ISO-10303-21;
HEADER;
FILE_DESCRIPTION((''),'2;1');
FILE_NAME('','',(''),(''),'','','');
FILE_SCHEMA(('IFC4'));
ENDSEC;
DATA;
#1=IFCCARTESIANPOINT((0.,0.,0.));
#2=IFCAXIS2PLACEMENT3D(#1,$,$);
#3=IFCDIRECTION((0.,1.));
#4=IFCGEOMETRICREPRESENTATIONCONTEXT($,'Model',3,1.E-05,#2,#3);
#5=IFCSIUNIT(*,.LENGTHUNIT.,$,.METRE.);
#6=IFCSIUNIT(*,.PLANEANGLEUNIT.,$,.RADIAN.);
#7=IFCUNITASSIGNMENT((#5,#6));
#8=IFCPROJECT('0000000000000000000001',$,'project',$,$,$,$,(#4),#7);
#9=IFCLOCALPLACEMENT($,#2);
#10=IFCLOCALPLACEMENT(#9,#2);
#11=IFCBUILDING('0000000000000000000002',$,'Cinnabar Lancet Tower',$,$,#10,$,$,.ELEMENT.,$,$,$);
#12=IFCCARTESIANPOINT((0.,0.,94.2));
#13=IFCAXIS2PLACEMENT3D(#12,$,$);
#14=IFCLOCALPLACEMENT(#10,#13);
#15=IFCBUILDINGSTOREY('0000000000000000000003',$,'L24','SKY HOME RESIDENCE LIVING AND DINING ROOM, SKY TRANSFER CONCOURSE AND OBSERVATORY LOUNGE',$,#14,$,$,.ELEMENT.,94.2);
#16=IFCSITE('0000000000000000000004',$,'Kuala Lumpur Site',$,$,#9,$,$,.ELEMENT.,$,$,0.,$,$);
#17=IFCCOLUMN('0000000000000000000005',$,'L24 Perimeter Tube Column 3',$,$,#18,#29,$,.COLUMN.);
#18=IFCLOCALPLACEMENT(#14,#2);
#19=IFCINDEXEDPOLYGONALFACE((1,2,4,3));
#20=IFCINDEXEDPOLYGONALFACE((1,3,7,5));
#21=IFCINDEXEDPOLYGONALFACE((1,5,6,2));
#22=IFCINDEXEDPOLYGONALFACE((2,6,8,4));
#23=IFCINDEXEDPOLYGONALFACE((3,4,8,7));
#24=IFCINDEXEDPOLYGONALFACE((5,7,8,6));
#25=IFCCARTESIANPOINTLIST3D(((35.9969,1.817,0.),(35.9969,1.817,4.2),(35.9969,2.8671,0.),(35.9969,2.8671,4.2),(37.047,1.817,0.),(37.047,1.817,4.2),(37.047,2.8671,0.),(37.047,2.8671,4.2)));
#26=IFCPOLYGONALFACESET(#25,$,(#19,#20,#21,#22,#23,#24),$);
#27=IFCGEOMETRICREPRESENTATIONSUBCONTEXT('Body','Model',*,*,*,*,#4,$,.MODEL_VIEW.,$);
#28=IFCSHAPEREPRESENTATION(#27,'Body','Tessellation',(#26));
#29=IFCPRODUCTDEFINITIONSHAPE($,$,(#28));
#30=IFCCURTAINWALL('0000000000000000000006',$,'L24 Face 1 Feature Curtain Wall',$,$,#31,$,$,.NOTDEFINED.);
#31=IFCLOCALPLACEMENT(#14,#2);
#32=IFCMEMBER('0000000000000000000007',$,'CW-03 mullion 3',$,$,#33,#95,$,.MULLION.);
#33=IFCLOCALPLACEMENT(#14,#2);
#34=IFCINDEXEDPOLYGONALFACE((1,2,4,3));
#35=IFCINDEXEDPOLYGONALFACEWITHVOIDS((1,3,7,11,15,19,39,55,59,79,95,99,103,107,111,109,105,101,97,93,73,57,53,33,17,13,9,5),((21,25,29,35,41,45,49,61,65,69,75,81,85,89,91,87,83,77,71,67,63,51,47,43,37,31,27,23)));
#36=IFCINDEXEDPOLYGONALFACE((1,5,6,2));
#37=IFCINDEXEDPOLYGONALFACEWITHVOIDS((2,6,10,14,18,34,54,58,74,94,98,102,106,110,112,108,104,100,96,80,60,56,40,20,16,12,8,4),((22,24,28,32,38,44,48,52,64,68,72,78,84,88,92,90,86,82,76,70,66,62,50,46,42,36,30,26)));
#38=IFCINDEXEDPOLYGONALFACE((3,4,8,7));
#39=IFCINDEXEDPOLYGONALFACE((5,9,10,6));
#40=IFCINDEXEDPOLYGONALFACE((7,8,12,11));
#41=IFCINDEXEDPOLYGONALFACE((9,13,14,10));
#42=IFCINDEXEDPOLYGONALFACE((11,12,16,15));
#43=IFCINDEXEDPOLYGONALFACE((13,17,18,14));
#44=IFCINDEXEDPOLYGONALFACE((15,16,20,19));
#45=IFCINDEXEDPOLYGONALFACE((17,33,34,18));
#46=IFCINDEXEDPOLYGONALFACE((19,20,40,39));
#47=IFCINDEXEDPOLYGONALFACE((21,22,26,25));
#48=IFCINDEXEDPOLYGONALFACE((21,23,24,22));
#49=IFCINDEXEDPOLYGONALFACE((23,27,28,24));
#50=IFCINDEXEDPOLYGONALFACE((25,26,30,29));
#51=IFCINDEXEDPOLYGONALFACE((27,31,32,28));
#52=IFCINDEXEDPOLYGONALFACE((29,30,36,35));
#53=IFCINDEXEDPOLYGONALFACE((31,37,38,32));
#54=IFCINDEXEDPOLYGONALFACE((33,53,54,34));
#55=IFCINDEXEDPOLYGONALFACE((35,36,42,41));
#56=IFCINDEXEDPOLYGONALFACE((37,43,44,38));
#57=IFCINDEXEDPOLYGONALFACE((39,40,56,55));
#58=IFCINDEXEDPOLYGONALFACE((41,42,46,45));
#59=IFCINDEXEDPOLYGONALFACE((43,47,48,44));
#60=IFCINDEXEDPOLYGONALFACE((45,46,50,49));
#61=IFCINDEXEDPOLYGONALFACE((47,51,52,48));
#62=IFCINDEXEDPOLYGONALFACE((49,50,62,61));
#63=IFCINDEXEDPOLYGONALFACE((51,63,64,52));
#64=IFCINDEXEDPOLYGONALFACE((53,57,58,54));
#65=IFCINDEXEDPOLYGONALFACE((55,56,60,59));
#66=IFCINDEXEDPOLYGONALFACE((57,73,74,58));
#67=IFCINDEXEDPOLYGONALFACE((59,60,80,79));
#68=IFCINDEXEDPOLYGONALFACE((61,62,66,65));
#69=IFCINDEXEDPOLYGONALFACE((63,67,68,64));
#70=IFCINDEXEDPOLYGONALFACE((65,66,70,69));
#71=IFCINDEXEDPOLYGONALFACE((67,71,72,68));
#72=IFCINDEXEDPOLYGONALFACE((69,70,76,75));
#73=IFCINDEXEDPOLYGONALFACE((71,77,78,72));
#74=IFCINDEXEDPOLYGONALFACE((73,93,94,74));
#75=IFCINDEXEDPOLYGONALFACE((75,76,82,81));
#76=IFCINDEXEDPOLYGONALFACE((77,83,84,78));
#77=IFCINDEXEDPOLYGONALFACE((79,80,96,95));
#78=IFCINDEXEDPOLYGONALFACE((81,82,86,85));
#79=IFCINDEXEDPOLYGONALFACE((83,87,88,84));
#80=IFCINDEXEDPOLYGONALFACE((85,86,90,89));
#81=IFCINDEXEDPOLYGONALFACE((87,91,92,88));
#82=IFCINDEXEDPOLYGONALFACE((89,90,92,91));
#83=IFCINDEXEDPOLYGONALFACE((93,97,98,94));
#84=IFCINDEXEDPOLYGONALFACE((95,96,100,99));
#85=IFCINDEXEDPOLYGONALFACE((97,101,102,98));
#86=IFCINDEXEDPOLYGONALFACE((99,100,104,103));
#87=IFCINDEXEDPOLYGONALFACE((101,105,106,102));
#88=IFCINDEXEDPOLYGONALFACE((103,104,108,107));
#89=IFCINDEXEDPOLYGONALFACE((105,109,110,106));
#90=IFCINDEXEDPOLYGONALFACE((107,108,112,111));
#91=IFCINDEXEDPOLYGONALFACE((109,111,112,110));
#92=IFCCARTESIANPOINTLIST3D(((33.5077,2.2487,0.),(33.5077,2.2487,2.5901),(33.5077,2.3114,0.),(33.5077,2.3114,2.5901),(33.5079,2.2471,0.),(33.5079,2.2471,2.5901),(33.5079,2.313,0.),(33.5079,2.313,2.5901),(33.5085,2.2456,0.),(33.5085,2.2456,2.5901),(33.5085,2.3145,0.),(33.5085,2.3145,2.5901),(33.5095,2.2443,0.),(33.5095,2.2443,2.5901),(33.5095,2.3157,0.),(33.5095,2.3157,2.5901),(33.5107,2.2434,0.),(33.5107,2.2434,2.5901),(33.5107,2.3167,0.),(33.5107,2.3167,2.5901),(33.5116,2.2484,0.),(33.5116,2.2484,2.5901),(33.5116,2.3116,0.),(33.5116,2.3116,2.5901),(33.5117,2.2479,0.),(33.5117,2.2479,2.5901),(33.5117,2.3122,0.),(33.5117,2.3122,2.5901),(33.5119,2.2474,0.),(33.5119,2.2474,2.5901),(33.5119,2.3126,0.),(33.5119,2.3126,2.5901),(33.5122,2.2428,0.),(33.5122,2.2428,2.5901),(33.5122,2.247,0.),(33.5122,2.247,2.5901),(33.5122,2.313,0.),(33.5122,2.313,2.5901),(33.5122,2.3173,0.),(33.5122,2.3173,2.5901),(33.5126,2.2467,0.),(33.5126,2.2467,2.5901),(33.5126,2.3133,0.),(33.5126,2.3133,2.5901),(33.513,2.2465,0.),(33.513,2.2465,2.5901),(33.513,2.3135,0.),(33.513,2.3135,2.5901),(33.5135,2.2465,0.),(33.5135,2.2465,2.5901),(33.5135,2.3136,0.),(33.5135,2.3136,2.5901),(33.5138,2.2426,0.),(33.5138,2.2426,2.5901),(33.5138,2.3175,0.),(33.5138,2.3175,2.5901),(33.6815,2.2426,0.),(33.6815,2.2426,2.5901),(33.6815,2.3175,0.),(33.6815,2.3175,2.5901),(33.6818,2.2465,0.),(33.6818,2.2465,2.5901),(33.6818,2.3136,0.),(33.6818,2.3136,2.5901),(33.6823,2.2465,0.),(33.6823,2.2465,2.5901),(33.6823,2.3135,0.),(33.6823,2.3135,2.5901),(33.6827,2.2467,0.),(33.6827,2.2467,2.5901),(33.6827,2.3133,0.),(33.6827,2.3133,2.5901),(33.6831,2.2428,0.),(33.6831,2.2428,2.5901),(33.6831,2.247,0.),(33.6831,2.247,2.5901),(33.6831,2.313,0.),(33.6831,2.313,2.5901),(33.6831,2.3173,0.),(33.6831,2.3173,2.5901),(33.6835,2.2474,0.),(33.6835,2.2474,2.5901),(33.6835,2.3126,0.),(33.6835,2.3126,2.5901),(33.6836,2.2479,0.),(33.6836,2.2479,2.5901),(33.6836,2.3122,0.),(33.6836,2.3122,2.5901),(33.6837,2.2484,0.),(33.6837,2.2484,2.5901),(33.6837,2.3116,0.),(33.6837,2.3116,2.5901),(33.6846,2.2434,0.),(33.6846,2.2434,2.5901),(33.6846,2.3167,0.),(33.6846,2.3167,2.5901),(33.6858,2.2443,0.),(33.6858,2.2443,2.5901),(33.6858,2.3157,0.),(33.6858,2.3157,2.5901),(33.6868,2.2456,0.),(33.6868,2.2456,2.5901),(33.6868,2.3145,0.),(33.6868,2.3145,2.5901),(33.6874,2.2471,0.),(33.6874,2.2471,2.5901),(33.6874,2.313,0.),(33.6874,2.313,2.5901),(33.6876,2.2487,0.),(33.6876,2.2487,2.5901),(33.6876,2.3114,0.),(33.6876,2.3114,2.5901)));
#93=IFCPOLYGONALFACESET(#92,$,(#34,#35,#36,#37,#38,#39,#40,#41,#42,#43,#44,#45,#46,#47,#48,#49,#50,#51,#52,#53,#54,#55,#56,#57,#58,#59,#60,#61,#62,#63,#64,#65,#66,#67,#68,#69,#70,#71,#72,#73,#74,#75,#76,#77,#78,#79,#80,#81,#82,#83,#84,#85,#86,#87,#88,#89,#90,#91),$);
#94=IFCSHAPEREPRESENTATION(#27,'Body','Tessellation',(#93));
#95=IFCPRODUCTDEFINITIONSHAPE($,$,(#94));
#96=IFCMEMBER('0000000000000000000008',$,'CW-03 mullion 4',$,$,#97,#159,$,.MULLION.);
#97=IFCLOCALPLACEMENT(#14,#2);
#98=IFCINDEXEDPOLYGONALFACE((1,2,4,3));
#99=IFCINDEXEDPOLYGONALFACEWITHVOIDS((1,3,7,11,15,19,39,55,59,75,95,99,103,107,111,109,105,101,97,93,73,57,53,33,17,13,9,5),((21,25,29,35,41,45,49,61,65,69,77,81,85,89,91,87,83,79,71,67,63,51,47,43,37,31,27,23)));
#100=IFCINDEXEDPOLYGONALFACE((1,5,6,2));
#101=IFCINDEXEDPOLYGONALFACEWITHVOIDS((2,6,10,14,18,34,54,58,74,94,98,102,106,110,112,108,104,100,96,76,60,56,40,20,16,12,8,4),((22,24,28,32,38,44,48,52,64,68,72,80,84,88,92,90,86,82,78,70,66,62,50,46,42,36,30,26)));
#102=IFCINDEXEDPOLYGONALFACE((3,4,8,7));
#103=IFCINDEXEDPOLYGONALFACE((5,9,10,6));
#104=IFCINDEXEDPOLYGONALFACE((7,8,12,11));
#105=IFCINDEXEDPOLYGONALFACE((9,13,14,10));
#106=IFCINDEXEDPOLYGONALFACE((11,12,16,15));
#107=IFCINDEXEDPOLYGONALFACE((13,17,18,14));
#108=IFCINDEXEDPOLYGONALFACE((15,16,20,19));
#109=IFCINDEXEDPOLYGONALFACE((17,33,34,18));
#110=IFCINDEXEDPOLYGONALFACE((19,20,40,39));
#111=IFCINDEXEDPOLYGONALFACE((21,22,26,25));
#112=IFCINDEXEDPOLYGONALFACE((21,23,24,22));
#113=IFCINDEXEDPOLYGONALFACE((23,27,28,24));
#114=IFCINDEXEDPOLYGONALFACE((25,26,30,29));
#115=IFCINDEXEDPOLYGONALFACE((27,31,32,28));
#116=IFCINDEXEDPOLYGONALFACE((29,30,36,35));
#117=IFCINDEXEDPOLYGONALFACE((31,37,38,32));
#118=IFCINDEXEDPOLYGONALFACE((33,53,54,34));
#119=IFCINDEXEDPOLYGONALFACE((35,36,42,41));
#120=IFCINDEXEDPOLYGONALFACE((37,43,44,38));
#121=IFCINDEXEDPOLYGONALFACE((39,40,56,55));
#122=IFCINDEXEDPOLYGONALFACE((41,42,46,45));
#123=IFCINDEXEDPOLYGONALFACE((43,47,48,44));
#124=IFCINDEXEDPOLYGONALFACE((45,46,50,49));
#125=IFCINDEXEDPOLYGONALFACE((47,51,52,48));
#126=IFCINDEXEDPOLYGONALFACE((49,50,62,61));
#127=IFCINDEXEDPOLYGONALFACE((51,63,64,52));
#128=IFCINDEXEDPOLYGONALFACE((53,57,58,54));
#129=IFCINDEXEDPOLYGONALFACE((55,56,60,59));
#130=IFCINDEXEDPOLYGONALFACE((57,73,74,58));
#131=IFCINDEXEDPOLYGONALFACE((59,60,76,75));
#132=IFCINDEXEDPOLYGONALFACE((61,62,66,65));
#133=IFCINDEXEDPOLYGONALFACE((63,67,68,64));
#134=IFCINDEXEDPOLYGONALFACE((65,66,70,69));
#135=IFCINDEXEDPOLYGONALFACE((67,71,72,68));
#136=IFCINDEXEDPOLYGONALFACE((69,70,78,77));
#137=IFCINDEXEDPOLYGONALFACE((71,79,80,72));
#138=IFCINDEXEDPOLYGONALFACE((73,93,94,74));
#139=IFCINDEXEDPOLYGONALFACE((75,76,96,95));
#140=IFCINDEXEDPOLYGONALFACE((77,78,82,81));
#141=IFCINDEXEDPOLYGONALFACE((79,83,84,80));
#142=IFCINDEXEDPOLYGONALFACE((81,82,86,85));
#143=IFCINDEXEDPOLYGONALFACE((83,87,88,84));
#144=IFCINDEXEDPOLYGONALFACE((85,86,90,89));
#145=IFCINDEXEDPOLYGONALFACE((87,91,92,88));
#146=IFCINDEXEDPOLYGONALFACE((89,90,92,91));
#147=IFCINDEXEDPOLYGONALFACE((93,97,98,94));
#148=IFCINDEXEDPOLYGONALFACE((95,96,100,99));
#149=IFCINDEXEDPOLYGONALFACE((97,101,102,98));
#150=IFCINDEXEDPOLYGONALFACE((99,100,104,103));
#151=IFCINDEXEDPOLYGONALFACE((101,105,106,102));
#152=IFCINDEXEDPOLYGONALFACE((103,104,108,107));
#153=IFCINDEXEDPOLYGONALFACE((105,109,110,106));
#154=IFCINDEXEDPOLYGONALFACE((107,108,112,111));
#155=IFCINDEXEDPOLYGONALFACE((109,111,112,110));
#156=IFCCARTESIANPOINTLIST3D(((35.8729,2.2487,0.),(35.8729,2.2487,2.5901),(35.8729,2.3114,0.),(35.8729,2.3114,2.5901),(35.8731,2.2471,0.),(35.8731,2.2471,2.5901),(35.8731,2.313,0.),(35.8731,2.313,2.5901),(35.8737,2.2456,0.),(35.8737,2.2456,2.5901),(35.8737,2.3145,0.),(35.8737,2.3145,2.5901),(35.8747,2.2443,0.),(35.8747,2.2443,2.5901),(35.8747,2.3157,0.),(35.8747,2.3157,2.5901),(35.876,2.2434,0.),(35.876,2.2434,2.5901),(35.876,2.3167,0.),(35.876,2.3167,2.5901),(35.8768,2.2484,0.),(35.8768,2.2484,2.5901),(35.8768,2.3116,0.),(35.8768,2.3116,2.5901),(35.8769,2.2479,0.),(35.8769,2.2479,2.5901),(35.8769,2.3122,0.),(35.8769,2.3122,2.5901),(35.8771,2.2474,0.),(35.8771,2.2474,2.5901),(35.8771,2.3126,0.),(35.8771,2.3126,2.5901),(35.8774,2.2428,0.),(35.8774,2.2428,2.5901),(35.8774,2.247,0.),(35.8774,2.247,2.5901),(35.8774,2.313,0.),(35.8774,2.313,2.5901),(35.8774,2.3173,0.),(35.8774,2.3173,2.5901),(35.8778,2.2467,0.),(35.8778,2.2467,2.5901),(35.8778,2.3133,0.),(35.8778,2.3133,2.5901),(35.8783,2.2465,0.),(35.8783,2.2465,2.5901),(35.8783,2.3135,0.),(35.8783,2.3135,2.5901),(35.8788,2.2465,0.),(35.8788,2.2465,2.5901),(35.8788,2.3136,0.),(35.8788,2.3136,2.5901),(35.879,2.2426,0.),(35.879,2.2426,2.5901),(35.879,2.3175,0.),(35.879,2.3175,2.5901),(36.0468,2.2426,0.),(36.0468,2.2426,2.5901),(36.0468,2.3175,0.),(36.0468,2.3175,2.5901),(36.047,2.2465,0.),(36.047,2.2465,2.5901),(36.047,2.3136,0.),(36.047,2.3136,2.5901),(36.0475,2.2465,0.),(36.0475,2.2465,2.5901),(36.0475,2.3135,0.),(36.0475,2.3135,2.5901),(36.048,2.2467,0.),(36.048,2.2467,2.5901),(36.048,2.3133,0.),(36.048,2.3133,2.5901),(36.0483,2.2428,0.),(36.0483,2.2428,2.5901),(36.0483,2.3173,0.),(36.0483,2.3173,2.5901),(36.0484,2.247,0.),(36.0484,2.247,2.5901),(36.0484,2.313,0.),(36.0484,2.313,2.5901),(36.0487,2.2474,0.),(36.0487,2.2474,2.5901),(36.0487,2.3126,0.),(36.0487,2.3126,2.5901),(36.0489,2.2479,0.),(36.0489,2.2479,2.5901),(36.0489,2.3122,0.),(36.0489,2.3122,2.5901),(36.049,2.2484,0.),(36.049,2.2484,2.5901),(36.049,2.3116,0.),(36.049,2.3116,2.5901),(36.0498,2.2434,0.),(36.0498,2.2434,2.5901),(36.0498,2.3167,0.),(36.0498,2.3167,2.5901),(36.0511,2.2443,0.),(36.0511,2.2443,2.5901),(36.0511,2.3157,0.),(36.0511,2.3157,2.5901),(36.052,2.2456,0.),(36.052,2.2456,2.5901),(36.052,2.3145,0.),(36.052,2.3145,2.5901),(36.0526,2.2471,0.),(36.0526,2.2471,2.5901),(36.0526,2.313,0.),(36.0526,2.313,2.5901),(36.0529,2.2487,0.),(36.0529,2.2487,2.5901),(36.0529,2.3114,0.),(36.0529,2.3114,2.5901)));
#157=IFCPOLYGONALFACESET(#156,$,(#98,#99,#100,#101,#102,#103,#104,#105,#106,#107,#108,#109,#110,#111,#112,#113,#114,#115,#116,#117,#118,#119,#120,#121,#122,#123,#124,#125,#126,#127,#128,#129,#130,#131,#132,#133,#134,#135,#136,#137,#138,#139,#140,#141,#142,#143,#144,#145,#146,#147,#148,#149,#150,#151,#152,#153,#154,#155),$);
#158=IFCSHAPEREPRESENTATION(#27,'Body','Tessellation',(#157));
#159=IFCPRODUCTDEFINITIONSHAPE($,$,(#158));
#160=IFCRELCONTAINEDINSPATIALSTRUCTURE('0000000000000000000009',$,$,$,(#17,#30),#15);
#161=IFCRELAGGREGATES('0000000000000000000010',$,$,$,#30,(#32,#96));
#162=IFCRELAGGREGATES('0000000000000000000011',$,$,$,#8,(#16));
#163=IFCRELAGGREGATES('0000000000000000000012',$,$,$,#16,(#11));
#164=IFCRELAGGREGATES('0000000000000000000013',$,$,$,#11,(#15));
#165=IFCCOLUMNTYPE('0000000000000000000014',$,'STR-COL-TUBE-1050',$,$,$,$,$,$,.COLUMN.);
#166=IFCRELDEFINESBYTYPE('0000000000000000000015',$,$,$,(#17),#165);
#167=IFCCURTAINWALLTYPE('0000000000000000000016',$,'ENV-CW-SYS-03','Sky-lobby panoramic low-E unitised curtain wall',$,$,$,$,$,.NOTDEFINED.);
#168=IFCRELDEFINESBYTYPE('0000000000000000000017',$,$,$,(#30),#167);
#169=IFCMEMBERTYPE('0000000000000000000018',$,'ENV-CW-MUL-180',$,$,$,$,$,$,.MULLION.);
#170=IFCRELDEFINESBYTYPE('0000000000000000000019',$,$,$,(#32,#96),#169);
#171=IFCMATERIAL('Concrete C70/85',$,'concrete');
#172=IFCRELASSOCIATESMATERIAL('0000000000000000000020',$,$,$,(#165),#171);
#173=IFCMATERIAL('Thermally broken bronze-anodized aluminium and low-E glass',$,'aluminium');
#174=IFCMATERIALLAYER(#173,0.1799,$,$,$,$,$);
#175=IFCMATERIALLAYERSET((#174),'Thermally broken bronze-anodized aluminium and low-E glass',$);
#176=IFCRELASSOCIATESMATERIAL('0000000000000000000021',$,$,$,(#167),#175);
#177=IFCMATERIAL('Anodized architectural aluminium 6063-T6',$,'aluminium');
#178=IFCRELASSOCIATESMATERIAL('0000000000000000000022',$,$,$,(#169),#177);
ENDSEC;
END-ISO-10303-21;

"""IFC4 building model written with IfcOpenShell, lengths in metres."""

from ifc_helpers import new_model, si_unit, direction, frame, origin, origin_2d, place, context, subcontext, project, spatial, rectangle, hollow_rectangle, extrude, material, layer, layer_set, material_profile, profile_set, type_object, element, aggregate, save


model = new_model("IFC4")

# Units and contexts
model_context = context("Model", 3, precision=1e-05, world=origin(), true_north=direction((0.0, 1.0)))
body_context = subcontext(model_context, "Body", "Model", "MODEL_VIEW")
ifc_project = project(units=[si_unit("LENGTHUNIT", "METRE"), si_unit("PLANEANGLEUNIT", "RADIAN")], contexts=[model_context])

# Site, building, storey
site_placement = place(None, origin())
site = spatial("IfcSite", under=ifc_project, at=site_placement, Name="Kuala Lumpur Site", CompositionType="ELEMENT", RefElevation=0.0)
building_placement = place(site_placement, origin())
building = spatial("IfcBuilding", under=site, at=building_placement, Name="Cinnabar Lancet Tower", CompositionType="ELEMENT")
storey_placement = place(building_placement, frame((0.0, 0.0, 94.2)))
storey = spatial("IfcBuildingStorey", under=building, at=storey_placement, Name="L24", Description="SKY HOME RESIDENCE LIVING AND DINING ROOM, SKY TRANSFER CONCOURSE AND OBSERVATORY LOUNGE", CompositionType="ELEMENT", Elevation=94.2)

# Column
ifc_material_1 = material(Name="Concrete C70/85", Category="concrete")
ifc_material_profile_1 = material_profile(ifc_material_1, rectangle(XDim=1.05, YDim=1.05, at=origin_2d()), Name="RC-COL 1050x1050")
ifc_profile_set_1 = profile_set([ifc_material_profile_1], Name="Concrete C70/85")
column_type = type_object("IfcColumnType", Name="STR-COL-TUBE-1050", PredefinedType="COLUMN", material=ifc_profile_set_1)
column_placement = place(storey_placement, frame((36.522, 2.342, 0.0), z_axis=(0.0, 0.0, 1.0), x_axis=(1.0, 0.0, 0.0)))
element("IfcColumn", 1, at=column_placement, inside=storey, type_object=column_type, Name="L24 Perimeter Tube Column 3", PredefinedType="COLUMN", context=body_context, shape_type="SweptSolid", body=[
    extrude(rectangle(XDim=1.05, YDim=1.05, at=origin_2d()), origin(), (0.0, 0.0, 1.0), 4.2),
])

# Curtain wall, members
ifc_material_2 = material(Name="Thermally broken bronze-anodized aluminium and low-E glass", Category="aluminium")
ifc_layer_1 = layer(ifc_material_2, 0.1799)
ifc_layer_set_1 = layer_set([ifc_layer_1], Name="Thermally broken bronze-anodized aluminium and low-E glass")
curtain_wall_type = type_object("IfcCurtainWallType", Name="ENV-CW-SYS-03", Description="Sky-lobby panoramic low-E unitised curtain wall", PredefinedType="NOTDEFINED", material=ifc_layer_set_1)
curtain_wall_placement = place(storey_placement, origin())
curtain_wall = element("IfcCurtainWall", 2, at=curtain_wall_placement, inside=storey, type_object=curtain_wall_type, Name="L24 Face 1 Feature Curtain Wall", PredefinedType="NOTDEFINED")
ifc_material_3 = material(Name="Anodized architectural aluminium 6063-T6", Category="aluminium")
ifc_material_profile_2 = material_profile(ifc_material_3, hollow_rectangle(XDim=0.075, YDim=0.1799, WallThickness=0.0039, InnerFilletRadius=0.002, OuterFilletRadius=0.0061, at=origin_2d()), Name="CW-MUL 180x75x4")
ifc_profile_set_2 = profile_set([ifc_material_profile_2], Name="Anodized architectural aluminium 6063-T6")
member_type_1 = type_object("IfcMemberType", Name="ENV-CW-MUL-180", PredefinedType="MULLION", material=ifc_profile_set_2)
member_1_placement = place(storey_placement, frame((33.5977, 2.28, 0.0), z_axis=(0.0, 0.0, 1.0), x_axis=(0.0, 1.0, 0.0)))
member_1 = element("IfcMember", 3, at=member_1_placement, type_object=member_type_1, Name="CW-03 mullion 3", PredefinedType="MULLION", context=body_context, shape_type="SweptSolid", body=[
    extrude(hollow_rectangle(XDim=0.075, YDim=0.1799, WallThickness=0.0039, InnerFilletRadius=0.002, OuterFilletRadius=0.0061, at=origin_2d()), origin(), (0.0, 0.0, 1.0), 2.5901),
])
member_2_placement = place(storey_placement, frame((35.9629, 2.28, 0.0), z_axis=(0.0, 0.0, 1.0), x_axis=(0.0, 1.0, 0.0)))
member_2 = element("IfcMember", 4, at=member_2_placement, type_object=member_type_1, Name="CW-03 mullion 4", PredefinedType="MULLION", context=body_context, shape_type="SweptSolid", body=[
    extrude(hollow_rectangle(XDim=0.075, YDim=0.1799, WallThickness=0.0039, InnerFilletRadius=0.002, OuterFilletRadius=0.0061, at=origin_2d()), origin(), (0.0, 0.0, 1.0), 2.5901),
])

aggregate(curtain_wall, [member_1, member_2])

save(model, "model.ifc")
